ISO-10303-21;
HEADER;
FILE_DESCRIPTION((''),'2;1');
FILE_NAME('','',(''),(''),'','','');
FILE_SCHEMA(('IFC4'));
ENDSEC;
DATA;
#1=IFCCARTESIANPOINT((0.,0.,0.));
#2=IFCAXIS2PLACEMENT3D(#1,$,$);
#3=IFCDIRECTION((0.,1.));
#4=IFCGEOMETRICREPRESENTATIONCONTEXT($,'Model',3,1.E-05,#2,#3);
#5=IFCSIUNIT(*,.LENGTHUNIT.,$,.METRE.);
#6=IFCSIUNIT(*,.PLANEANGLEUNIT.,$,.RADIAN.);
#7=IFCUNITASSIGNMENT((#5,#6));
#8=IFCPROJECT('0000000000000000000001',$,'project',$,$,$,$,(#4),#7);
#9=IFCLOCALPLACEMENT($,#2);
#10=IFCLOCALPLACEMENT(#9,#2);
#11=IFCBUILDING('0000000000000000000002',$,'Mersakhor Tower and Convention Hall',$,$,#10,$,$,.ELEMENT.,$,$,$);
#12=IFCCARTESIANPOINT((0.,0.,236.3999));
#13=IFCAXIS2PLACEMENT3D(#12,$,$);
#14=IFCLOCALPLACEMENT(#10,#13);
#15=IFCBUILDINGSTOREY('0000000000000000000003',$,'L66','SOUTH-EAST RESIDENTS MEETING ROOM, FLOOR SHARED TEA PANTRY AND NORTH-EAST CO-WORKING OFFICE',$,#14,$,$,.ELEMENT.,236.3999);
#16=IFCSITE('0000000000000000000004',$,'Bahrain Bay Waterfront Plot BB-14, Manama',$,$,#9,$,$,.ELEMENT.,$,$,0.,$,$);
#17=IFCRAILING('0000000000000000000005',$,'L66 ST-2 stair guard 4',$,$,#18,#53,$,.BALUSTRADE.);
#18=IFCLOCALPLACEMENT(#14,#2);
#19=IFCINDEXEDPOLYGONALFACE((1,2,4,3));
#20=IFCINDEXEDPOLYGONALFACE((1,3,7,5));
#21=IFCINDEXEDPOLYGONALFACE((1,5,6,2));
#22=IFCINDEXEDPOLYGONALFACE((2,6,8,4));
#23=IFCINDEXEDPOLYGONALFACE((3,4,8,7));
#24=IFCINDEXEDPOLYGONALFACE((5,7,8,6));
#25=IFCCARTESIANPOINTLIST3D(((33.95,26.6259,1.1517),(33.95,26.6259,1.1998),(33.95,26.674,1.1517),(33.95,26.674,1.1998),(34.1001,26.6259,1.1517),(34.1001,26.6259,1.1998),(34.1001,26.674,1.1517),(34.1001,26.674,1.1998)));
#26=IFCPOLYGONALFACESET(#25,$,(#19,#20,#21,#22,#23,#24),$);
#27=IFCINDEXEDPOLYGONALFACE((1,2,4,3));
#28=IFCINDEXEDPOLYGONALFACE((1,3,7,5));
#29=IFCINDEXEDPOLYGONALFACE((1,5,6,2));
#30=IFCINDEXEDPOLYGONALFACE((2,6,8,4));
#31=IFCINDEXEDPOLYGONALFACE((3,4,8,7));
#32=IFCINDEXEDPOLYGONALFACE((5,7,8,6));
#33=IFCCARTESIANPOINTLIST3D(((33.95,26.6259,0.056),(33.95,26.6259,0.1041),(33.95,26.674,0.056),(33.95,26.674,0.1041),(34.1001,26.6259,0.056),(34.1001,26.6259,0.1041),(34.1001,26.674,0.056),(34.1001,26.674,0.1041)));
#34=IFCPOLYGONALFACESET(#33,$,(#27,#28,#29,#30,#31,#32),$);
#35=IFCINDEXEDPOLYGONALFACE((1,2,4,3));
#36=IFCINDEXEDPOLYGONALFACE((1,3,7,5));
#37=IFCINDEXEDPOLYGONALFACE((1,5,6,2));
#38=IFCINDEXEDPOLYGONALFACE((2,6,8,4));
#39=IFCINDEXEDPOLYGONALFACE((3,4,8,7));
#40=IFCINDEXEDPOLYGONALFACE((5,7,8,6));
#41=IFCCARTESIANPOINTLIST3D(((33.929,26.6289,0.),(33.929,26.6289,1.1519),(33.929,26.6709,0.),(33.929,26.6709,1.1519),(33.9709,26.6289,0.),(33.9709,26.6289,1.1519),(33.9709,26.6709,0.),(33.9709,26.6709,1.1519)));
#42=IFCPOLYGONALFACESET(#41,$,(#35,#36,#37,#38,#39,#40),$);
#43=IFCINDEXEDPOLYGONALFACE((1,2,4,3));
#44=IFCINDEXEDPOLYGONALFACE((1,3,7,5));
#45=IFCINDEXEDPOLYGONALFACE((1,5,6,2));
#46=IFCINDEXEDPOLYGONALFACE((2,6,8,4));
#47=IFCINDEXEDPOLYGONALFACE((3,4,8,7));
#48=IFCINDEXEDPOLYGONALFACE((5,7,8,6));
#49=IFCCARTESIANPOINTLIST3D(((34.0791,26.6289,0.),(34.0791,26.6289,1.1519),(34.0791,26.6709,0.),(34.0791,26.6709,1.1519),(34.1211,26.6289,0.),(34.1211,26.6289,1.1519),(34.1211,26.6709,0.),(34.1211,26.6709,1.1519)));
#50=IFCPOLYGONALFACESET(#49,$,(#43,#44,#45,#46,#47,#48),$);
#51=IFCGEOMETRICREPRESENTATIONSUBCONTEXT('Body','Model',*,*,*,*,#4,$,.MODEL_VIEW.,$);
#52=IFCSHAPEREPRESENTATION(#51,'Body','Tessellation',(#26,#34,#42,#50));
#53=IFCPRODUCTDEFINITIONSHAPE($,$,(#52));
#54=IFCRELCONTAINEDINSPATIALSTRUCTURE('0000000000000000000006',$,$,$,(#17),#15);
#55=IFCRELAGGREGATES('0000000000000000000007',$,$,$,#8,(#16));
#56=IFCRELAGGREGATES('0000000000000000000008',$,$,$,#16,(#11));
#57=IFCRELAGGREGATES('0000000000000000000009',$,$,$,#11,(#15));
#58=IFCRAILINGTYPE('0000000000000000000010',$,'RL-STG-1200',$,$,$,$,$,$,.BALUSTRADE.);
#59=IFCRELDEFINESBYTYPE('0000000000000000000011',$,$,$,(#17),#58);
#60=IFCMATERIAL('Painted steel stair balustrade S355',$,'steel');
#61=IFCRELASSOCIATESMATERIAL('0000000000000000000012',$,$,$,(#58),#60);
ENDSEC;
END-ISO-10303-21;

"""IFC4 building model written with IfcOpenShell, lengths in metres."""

from ifc_helpers import new_model, si_unit, direction, frame, origin, origin_2d, place, context, subcontext, project, spatial, rectangle, extrude, material, type_object, element, save


model = new_model("IFC4")

# Units and contexts
model_context = context("Model", 3, precision=1e-05, world=origin(), true_north=direction((0.0, 1.0)))
body_context = subcontext(model_context, "Body", "Model", "MODEL_VIEW")
ifc_project = project(units=[si_unit("LENGTHUNIT", "METRE"), si_unit("PLANEANGLEUNIT", "RADIAN")], contexts=[model_context])

# Site, building, storey
site_placement = place(None, origin())
site = spatial("IfcSite", under=ifc_project, at=site_placement, Name="Bahrain Bay Waterfront Plot BB-14, Manama", CompositionType="ELEMENT", RefElevation=0.0)
building_placement = place(site_placement, origin())
building = spatial("IfcBuilding", under=site, at=building_placement, Name="Mersakhor Tower and Convention Hall", CompositionType="ELEMENT")
storey_placement = place(building_placement, frame((0.0, 0.0, 236.3999)))
storey = spatial("IfcBuildingStorey", under=building, at=storey_placement, Name="L66", Description="SOUTH-EAST RESIDENTS MEETING ROOM, FLOOR SHARED TEA PANTRY AND NORTH-EAST CO-WORKING OFFICE", CompositionType="ELEMENT", Elevation=236.3999)

# Railing
ifc_material_1 = material(Name="Painted steel stair balustrade S355", Category="steel")
railing_type = type_object("IfcRailingType", Name="RL-STG-1200", PredefinedType="BALUSTRADE", material=ifc_material_1)
railing_placement = place(storey_placement, frame((33.95, 26.6499, 0.0)))
element("IfcRailing", 1, at=railing_placement, inside=storey, type_object=railing_type, Name="L66 ST-2 stair guard 4", PredefinedType="BALUSTRADE", context=body_context, shape_type="SweptSolid", body=[
    extrude(rectangle(XDim=0.0481, YDim=0.0481, at=origin_2d()), frame((0.0, 0.0, 1.1758), z_axis=(1.0, 0.0, 0.0), x_axis=(0.0, 1.0, 0.0)), (0.0, 0.0, 1.0), 0.1501),
    extrude(rectangle(XDim=0.0481, YDim=0.0481, at=origin_2d()), frame((0.0, 0.0, 0.0801), z_axis=(1.0, 0.0, 0.0), x_axis=(0.0, 1.0, 0.0)), (0.0, 0.0, 1.0), 0.1501),
    extrude(rectangle(XDim=0.042, YDim=0.042, at=origin_2d()), origin(), (0.0, 0.0, 1.0), 1.1519),
    extrude(rectangle(XDim=0.042, YDim=0.042, at=origin_2d()), frame((0.1501, 0.0, 0.0)), (0.0, 0.0, 1.0), 1.1519),
])

save(model, "model.ifc")
